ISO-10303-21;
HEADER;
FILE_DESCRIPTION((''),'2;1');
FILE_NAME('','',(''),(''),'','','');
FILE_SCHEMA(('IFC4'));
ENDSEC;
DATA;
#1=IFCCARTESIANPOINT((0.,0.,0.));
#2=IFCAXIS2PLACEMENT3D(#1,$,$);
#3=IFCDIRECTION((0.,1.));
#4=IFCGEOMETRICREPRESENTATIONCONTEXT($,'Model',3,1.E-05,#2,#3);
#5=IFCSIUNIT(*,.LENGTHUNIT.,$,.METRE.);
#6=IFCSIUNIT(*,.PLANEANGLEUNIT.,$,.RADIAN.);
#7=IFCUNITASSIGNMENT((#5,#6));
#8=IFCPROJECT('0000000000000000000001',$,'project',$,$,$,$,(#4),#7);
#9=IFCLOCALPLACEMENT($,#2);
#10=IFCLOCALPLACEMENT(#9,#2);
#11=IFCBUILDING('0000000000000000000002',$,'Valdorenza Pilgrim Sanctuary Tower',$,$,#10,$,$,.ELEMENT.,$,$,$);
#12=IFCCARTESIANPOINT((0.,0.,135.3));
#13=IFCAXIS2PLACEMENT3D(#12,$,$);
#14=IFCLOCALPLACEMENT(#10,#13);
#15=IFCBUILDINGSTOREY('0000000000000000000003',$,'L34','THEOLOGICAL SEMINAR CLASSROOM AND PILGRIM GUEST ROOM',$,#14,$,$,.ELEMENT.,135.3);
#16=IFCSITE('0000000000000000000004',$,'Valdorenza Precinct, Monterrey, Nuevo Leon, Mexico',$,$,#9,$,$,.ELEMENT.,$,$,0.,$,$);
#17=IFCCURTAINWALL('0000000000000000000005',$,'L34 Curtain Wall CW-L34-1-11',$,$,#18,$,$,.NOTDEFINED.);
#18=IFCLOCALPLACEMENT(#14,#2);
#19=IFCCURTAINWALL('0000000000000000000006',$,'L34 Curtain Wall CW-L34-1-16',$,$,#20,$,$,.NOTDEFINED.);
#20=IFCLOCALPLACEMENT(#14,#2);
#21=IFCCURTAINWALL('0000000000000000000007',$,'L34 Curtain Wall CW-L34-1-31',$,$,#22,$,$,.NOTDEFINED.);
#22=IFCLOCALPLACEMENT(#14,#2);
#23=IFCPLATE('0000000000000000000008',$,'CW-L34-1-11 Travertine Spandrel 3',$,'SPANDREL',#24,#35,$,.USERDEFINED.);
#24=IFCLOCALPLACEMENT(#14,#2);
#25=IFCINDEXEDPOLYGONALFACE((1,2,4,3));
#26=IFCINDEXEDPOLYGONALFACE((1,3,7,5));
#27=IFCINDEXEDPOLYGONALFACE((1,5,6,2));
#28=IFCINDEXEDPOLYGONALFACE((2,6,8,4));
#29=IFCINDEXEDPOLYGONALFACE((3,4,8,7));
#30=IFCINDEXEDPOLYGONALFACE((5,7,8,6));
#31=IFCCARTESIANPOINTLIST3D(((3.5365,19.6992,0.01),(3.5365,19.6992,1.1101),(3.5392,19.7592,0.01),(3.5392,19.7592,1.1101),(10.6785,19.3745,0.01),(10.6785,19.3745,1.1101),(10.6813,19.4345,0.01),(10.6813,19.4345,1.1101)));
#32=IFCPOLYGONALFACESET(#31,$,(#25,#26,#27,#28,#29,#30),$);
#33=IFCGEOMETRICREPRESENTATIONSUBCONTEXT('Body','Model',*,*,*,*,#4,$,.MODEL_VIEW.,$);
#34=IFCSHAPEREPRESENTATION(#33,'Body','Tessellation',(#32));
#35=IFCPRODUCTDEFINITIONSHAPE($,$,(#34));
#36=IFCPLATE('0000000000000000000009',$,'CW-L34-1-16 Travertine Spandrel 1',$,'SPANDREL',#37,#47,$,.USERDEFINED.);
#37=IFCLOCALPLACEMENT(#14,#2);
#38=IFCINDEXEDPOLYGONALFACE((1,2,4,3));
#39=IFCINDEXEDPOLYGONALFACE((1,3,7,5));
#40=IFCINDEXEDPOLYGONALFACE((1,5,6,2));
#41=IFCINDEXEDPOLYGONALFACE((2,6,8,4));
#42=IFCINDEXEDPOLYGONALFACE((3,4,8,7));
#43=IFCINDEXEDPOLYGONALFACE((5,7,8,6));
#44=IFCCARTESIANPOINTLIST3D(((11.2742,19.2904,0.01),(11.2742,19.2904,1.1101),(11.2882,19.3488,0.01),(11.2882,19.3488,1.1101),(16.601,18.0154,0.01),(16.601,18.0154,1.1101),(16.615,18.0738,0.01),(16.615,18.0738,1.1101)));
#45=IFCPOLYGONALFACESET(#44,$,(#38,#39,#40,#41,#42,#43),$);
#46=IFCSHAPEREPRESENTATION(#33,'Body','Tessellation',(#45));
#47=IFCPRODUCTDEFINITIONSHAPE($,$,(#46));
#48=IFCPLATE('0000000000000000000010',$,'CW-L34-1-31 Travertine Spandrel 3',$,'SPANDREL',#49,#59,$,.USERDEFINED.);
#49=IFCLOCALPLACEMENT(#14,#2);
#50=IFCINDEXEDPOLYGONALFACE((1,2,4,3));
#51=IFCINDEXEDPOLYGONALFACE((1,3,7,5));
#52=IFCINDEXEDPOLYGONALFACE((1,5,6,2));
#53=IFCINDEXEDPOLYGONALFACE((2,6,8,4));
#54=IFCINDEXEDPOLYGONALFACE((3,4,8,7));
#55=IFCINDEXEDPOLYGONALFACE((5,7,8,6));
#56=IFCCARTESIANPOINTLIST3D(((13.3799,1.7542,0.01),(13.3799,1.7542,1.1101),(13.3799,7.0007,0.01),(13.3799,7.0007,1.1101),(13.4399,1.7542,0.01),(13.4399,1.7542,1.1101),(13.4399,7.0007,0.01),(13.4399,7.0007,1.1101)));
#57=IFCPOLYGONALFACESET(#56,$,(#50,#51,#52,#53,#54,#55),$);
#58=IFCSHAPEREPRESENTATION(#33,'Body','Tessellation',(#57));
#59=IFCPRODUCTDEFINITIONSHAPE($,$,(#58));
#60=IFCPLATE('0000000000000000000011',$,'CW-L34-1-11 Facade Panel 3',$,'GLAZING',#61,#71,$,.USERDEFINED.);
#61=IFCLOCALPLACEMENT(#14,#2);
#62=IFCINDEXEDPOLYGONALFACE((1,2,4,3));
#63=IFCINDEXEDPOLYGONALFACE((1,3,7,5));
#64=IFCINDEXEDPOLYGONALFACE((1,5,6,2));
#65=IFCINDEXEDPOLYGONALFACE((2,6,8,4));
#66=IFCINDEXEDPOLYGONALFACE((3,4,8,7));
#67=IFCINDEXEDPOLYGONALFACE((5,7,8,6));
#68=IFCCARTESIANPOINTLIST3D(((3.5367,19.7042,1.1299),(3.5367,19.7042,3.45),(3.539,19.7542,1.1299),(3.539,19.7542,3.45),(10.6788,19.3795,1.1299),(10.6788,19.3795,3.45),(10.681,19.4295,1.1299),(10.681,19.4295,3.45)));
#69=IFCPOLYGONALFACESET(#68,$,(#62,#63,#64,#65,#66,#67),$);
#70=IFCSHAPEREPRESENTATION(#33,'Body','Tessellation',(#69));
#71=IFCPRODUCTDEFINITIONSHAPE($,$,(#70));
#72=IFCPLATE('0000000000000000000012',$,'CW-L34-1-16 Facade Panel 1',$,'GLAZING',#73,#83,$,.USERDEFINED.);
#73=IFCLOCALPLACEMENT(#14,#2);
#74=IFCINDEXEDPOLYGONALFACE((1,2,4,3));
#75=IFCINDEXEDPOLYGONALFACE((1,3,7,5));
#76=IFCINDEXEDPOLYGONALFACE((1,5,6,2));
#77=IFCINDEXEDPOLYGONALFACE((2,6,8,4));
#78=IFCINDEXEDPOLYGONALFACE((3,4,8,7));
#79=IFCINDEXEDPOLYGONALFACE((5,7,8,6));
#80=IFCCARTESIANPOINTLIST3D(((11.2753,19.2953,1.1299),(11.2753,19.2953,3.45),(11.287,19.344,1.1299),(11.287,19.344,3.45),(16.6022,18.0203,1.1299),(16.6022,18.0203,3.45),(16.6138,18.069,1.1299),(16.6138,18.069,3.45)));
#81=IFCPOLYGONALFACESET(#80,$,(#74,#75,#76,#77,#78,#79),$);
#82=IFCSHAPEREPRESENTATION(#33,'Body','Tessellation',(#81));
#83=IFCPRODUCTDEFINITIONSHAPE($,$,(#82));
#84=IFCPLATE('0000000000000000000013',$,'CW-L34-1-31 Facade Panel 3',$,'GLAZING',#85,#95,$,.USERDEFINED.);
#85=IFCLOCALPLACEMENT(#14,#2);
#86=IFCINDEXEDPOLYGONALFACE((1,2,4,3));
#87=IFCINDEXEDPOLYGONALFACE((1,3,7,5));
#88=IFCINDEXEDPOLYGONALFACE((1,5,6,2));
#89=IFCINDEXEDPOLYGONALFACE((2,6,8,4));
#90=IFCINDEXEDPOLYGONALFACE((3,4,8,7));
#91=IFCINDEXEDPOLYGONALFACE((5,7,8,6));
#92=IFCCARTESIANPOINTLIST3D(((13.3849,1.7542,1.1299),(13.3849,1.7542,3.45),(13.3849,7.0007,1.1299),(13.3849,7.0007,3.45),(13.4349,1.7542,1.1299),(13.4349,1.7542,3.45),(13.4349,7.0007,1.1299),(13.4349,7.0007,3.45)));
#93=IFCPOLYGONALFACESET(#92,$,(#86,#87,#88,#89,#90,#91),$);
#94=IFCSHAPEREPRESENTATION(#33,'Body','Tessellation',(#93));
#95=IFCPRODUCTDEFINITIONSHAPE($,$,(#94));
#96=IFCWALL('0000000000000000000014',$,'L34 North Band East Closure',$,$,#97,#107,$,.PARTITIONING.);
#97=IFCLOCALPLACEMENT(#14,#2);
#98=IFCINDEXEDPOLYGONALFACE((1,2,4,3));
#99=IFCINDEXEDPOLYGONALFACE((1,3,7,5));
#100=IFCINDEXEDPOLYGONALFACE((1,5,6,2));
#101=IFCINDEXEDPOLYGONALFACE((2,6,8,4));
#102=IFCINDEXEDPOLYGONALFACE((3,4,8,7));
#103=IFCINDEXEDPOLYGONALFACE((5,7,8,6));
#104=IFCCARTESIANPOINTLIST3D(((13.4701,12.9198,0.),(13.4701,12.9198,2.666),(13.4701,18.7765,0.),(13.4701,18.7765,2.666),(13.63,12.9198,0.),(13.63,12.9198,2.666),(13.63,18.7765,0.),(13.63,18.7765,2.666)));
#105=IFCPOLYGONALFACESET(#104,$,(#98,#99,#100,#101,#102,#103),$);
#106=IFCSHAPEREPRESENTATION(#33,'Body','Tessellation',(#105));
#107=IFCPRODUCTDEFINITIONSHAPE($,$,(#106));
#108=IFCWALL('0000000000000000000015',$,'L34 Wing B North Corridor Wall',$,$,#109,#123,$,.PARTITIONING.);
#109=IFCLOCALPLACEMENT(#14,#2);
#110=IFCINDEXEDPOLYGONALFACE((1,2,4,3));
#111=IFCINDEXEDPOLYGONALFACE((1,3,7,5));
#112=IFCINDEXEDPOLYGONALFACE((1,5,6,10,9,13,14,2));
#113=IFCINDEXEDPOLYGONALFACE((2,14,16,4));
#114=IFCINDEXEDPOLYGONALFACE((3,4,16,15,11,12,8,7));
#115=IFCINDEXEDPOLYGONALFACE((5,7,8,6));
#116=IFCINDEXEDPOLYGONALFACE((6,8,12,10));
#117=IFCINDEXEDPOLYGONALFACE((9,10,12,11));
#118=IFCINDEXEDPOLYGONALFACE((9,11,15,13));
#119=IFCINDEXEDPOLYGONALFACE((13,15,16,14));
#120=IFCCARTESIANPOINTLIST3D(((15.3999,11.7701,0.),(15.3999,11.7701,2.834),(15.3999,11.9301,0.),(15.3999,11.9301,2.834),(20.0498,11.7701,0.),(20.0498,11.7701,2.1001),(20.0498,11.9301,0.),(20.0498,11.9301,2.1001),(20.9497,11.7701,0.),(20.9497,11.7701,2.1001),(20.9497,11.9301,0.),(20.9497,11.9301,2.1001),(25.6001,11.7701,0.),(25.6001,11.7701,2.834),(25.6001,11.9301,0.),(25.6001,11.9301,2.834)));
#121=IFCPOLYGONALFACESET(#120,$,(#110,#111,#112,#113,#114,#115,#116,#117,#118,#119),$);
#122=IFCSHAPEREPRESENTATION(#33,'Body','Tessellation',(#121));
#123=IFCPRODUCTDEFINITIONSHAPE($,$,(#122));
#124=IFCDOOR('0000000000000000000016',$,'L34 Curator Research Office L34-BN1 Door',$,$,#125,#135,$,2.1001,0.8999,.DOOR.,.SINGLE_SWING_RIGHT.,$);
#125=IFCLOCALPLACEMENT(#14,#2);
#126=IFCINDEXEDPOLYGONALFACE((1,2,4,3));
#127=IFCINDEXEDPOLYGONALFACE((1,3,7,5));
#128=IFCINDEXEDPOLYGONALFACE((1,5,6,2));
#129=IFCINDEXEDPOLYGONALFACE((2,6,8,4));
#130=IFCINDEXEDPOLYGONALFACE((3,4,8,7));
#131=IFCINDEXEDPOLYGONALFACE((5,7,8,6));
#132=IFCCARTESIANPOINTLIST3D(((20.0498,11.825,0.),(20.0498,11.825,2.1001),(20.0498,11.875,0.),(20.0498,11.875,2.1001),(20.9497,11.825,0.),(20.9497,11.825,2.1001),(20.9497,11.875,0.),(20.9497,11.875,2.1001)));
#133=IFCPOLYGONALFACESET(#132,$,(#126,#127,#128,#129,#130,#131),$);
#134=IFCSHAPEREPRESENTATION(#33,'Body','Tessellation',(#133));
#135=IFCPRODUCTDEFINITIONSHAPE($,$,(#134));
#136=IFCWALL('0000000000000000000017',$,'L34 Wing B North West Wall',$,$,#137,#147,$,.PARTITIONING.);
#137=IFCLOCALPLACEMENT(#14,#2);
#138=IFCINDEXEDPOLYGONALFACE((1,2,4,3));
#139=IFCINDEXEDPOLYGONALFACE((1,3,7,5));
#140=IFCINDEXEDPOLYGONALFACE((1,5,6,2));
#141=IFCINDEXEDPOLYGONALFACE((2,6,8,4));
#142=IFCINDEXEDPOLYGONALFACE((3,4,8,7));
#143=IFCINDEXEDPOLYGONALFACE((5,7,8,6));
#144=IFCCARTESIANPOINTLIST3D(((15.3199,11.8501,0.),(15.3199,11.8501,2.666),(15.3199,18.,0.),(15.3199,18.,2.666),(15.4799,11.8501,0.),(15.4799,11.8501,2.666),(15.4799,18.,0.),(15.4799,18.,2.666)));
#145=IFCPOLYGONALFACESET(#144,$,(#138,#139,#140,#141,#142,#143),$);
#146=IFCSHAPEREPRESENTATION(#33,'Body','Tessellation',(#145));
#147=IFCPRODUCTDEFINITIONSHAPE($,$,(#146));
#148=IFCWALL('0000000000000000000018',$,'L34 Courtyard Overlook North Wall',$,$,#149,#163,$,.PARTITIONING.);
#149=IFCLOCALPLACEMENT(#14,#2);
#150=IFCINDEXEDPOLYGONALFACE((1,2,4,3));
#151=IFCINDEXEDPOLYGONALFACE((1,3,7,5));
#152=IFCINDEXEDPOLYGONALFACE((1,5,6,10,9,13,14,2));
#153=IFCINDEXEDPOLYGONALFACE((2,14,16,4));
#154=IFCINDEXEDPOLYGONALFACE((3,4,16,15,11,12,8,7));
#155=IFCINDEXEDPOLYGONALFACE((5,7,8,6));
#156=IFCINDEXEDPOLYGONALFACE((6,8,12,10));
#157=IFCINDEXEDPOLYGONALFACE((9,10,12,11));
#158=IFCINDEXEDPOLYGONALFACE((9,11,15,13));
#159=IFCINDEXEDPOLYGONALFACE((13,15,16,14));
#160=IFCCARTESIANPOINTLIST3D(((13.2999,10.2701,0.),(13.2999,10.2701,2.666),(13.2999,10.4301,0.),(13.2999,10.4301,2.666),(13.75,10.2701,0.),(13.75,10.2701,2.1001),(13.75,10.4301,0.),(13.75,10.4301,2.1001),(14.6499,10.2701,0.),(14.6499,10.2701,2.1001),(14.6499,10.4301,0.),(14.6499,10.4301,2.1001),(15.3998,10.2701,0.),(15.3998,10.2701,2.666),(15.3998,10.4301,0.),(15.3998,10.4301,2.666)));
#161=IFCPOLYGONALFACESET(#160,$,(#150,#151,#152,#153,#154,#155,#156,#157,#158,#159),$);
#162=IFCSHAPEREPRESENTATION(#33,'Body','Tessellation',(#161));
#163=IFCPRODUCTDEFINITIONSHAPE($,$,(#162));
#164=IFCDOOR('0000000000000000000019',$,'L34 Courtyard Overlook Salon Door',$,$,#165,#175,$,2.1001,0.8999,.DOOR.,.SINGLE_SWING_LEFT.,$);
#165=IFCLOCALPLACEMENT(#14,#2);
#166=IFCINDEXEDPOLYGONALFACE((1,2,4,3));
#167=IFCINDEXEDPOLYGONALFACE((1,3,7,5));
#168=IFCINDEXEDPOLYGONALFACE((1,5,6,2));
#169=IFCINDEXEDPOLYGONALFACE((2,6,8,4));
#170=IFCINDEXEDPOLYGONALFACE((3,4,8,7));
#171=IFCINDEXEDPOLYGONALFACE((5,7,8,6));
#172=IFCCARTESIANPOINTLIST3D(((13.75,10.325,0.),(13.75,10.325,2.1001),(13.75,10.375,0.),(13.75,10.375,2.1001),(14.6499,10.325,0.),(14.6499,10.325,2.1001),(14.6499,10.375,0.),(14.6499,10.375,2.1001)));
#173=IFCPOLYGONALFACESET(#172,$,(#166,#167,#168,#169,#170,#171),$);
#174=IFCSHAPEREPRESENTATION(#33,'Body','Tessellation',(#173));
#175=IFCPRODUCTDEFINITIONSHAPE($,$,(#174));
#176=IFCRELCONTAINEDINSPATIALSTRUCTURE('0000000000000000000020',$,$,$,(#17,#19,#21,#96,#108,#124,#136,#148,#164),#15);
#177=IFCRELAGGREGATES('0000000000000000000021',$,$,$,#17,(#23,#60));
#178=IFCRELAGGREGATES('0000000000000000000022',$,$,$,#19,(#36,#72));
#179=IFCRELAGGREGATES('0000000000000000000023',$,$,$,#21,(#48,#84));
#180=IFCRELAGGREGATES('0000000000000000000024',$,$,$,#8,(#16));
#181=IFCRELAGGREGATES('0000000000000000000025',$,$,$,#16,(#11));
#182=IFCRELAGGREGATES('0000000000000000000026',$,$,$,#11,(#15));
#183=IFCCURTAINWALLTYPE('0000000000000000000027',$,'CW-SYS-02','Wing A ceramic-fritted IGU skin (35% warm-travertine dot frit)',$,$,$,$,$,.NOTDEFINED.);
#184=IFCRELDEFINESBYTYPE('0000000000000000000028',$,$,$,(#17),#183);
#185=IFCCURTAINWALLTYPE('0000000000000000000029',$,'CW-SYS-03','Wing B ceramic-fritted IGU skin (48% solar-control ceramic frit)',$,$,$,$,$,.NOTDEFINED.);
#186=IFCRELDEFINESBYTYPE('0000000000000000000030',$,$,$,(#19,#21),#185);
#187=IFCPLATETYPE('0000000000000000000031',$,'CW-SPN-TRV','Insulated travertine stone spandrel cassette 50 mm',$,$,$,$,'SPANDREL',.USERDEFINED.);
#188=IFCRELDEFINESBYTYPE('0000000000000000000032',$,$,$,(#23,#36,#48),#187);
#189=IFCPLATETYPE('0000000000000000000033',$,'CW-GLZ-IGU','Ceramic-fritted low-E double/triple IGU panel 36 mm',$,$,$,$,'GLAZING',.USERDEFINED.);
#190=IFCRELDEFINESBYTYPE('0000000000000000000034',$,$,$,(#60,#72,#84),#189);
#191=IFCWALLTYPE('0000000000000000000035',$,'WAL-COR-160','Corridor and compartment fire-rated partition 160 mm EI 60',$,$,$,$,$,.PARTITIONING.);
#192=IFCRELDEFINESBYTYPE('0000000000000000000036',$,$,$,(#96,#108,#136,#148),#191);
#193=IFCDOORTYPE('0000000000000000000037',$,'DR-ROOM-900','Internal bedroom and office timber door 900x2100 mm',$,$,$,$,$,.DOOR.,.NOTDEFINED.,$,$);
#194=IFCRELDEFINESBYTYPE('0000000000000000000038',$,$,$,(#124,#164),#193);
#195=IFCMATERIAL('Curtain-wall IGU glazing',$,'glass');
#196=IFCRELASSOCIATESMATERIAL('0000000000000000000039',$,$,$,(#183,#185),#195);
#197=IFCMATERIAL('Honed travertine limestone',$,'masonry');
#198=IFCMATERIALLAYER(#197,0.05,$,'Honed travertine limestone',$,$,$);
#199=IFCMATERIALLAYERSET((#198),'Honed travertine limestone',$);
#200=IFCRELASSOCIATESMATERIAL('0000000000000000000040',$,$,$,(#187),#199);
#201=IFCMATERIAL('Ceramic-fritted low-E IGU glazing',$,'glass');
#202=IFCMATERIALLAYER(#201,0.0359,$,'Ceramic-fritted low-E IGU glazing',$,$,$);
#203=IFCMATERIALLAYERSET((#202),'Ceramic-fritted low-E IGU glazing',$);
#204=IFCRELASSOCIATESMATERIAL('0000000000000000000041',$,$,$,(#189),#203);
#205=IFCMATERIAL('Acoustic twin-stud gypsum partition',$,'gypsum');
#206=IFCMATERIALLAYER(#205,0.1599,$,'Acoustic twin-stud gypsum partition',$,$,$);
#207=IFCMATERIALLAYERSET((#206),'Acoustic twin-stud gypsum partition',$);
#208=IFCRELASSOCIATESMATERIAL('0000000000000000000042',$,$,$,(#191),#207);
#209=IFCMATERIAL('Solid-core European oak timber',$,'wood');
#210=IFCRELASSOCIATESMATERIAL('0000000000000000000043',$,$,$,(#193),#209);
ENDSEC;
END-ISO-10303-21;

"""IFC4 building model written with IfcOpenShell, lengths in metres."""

from ifc_helpers import new_model, si_unit, direction, frame, frame_2d, origin, origin_2d, place, context, subcontext, project, spatial, rectangle, extrude, source, transform, mapped, material, layer, layer_set, type_object, element, fill, aggregate, save


model = new_model("IFC4")

# Units and contexts
model_context = context("Model", 3, precision=1e-05, world=origin(), true_north=direction((0.0, 1.0)))
body_context = subcontext(model_context, "Body", "Model", "MODEL_VIEW")
ifc_project = project(units=[si_unit("LENGTHUNIT", "METRE"), si_unit("PLANEANGLEUNIT", "RADIAN")], contexts=[model_context])

# Site, building, storey
site_placement = place(None, origin())
site = spatial("IfcSite", under=ifc_project, at=site_placement, Name="Valdorenza Precinct, Monterrey, Nuevo Leon, Mexico", CompositionType="ELEMENT", RefElevation=0.0)
building_placement = place(site_placement, origin())
building = spatial("IfcBuilding", under=site, at=building_placement, Name="Valdorenza Pilgrim Sanctuary Tower", CompositionType="ELEMENT")
storey_placement = place(building_placement, frame((0.0, 0.0, 135.3)))
storey = spatial("IfcBuildingStorey", under=building, at=storey_placement, Name="L34", Description="THEOLOGICAL SEMINAR CLASSROOM AND PILGRIM GUEST ROOM", CompositionType="ELEMENT", Elevation=135.3)

# Curtain wall
ifc_material_1 = material(Name="Curtain-wall IGU glazing", Category="glass")
curtain_wall_type_1 = type_object("IfcCurtainWallType", Name="CW-SYS-02", Description="Wing A ceramic-fritted IGU skin (35% warm-travertine dot frit)", PredefinedType="NOTDEFINED", material=ifc_material_1)
curtain_wall_1_placement = place(storey_placement, origin())
curtain_wall_1 = element("IfcCurtainWall", 1, at=curtain_wall_1_placement, inside=storey, type_object=curtain_wall_type_1, Name="L34 Curtain Wall CW-L34-1-11", PredefinedType="NOTDEFINED")

# Curtain wall
curtain_wall_type_2 = type_object("IfcCurtainWallType", Name="CW-SYS-03", Description="Wing B ceramic-fritted IGU skin (48% solar-control ceramic frit)", PredefinedType="NOTDEFINED", material=ifc_material_1)
curtain_wall_2_placement = place(storey_placement, origin())
curtain_wall_2 = element("IfcCurtainWall", 2, at=curtain_wall_2_placement, inside=storey, type_object=curtain_wall_type_2, Name="L34 Curtain Wall CW-L34-1-16", PredefinedType="NOTDEFINED")

# Curtain wall
curtain_wall_3_placement = place(storey_placement, origin())
curtain_wall_3 = element("IfcCurtainWall", 3, at=curtain_wall_3_placement, inside=storey, type_object=curtain_wall_type_2, Name="L34 Curtain Wall CW-L34-1-31", PredefinedType="NOTDEFINED")

# Plates
ifc_material_2 = material(Name="Honed travertine limestone", Category="masonry")
ifc_layer_1 = layer(ifc_material_2, 0.05, Name="Honed travertine limestone")
ifc_layer_set_1 = layer_set([ifc_layer_1], Name="Honed travertine limestone")
plate_type_1 = type_object("IfcPlateType", Name="CW-SPN-TRV", Description="Insulated travertine stone spandrel cassette 50 mm", ElementType="SPANDREL", PredefinedType="USERDEFINED", material=ifc_layer_set_1)
ifc_material_3 = material(Name="Ceramic-fritted low-E IGU glazing", Category="glass")
ifc_layer_2 = layer(ifc_material_3, 0.0359, Name="Ceramic-fritted low-E IGU glazing")
ifc_layer_set_2 = layer_set([ifc_layer_2], Name="Ceramic-fritted low-E IGU glazing")
plate_type_2 = type_object("IfcPlateType", Name="CW-GLZ-IGU", Description="Ceramic-fritted low-E double/triple IGU panel 36 mm", ElementType="GLAZING", PredefinedType="USERDEFINED", material=ifc_layer_set_2)
shared_shape_1 = source(origin(), body_context, "Body", "SweptSolid", [
    extrude(rectangle(XDim=7.1494, YDim=0.0601, at=origin_2d()), origin(), (0.0, 0.0, 1.0), 1.1001),
])
plate_1_placement = place(storey_placement, frame((7.1089, 19.5669, 0.01), z_axis=(0.0, 0.0, 1.0), x_axis=(0.998968, -0.045415, 0.0)))
plate_1 = element("IfcPlate", 4, at=plate_1_placement, type_object=plate_type_1, Name="CW-L34-1-11 Travertine Spandrel 3", ObjectType="SPANDREL", PredefinedType="USERDEFINED", context=body_context, shape_type="MappedRepresentation", body=[
    mapped(shared_shape_1, transform((0.0, 0.0, 0.0), x_axis=(1.0, 0.0, 0.0), y_axis=(0.0, 1.0, 0.0), z_axis=(0.0, 0.0, 1.0), scale=1.0)),
])
shared_shape_2 = source(origin(), body_context, "Body", "SweptSolid", [
    extrude(rectangle(XDim=5.4773, YDim=0.0601, at=origin_2d()), origin(), (0.0, 0.0, 1.0), 1.1001),
])
plate_2_placement = place(storey_placement, frame((13.9446, 18.6821, 0.01), z_axis=(0.0, 0.0, 1.0), x_axis=(0.972529, -0.232783, 0.0)))
plate_2 = element("IfcPlate", 5, at=plate_2_placement, type_object=plate_type_1, Name="CW-L34-1-16 Travertine Spandrel 1", ObjectType="SPANDREL", PredefinedType="USERDEFINED", context=body_context, shape_type="MappedRepresentation", body=[
    mapped(shared_shape_2, transform((0.0, 0.0, 0.0), x_axis=(1.0, 0.0, 0.0), y_axis=(0.0, 1.0, 0.0), z_axis=(0.0, 0.0, 1.0), scale=1.0)),
])
shared_shape_3 = source(origin(), body_context, "Body", "SweptSolid", [
    extrude(rectangle(XDim=5.2466, YDim=0.0601, at=origin_2d()), origin(), (0.0, 0.0, 1.0), 1.1001),
])
plate_3_placement = place(storey_placement, frame((13.4099, 4.3774, 0.01), z_axis=(0.0, 0.0, 1.0), x_axis=(0.0, 1.0, 0.0)))
plate_3 = element("IfcPlate", 6, at=plate_3_placement, type_object=plate_type_1, Name="CW-L34-1-31 Travertine Spandrel 3", ObjectType="SPANDREL", PredefinedType="USERDEFINED", context=body_context, shape_type="MappedRepresentation", body=[
    mapped(shared_shape_3, transform((0.0, 0.0, 0.0), x_axis=(1.0, 0.0, 0.0), y_axis=(0.0, 1.0, 0.0), z_axis=(0.0, 0.0, 1.0), scale=1.0)),
])
shared_shape_4 = source(origin(), body_context, "Body", "SweptSolid", [
    extrude(rectangle(XDim=7.1494, YDim=0.05, at=origin_2d()), origin(), (0.0, 0.0, 1.0), 2.3201),
])
plate_4_placement = place(storey_placement, frame((7.1089, 19.5669, 1.1299), z_axis=(0.0, 0.0, 1.0), x_axis=(0.998968, -0.045415, 0.0)))
plate_4 = element("IfcPlate", 7, at=plate_4_placement, type_object=plate_type_2, Name="CW-L34-1-11 Facade Panel 3", ObjectType="GLAZING", PredefinedType="USERDEFINED", context=body_context, shape_type="MappedRepresentation", body=[
    mapped(shared_shape_4, transform((0.0, 0.0, 0.0), x_axis=(1.0, 0.0, 0.0), y_axis=(0.0, 1.0, 0.0), z_axis=(0.0, 0.0, 1.0), scale=1.0)),
])
aggregate(curtain_wall_1, [plate_1, plate_4])
shared_shape_5 = source(origin(), body_context, "Body", "SweptSolid", [
    extrude(rectangle(XDim=5.4773, YDim=0.05, at=origin_2d()), origin(), (0.0, 0.0, 1.0), 2.3201),
])
plate_5_placement = place(storey_placement, frame((13.9446, 18.6821, 1.1299), z_axis=(0.0, 0.0, 1.0), x_axis=(0.972529, -0.232783, 0.0)))
plate_5 = element("IfcPlate", 8, at=plate_5_placement, type_object=plate_type_2, Name="CW-L34-1-16 Facade Panel 1", ObjectType="GLAZING", PredefinedType="USERDEFINED", context=body_context, shape_type="MappedRepresentation", body=[
    mapped(shared_shape_5, transform((0.0, 0.0, 0.0), x_axis=(1.0, 0.0, 0.0), y_axis=(0.0, 1.0, 0.0), z_axis=(0.0, 0.0, 1.0), scale=1.0)),
])
aggregate(curtain_wall_2, [plate_2, plate_5])
shared_shape_6 = source(origin(), body_context, "Body", "SweptSolid", [
    extrude(rectangle(XDim=5.2466, YDim=0.05, at=origin_2d()), origin(), (0.0, 0.0, 1.0), 2.3201),
])
plate_6_placement = place(storey_placement, frame((13.4099, 4.3774, 1.1299), z_axis=(0.0, 0.0, 1.0), x_axis=(0.0, 1.0, 0.0)))
plate_6 = element("IfcPlate", 9, at=plate_6_placement, type_object=plate_type_2, Name="CW-L34-1-31 Facade Panel 3", ObjectType="GLAZING", PredefinedType="USERDEFINED", context=body_context, shape_type="MappedRepresentation", body=[
    mapped(shared_shape_6, transform((0.0, 0.0, 0.0), x_axis=(1.0, 0.0, 0.0), y_axis=(0.0, 1.0, 0.0), z_axis=(0.0, 0.0, 1.0), scale=1.0)),
])
aggregate(curtain_wall_3, [plate_3, plate_6])

# Wall
ifc_material_4 = material(Name="Acoustic twin-stud gypsum partition", Category="gypsum")
ifc_layer_3 = layer(ifc_material_4, 0.1599, Name="Acoustic twin-stud gypsum partition")
ifc_layer_set_3 = layer_set([ifc_layer_3], Name="Acoustic twin-stud gypsum partition")
wall_type_1 = type_object("IfcWallType", Name="WAL-COR-160", Description="Corridor and compartment fire-rated partition 160 mm EI 60", PredefinedType="PARTITIONING", material=ifc_layer_set_3)
wall_1_placement = place(storey_placement, frame((13.55, 12.9199, 0.0), z_axis=(0.0, 0.0, 1.0), x_axis=(0.0, 1.0, 0.0)))
element("IfcWall", 10, at=wall_1_placement, inside=storey, type_object=wall_type_1, Name="L34 North Band East Closure", PredefinedType="PARTITIONING", context=body_context, shape_type="SweptSolid", body=[
    extrude(rectangle(XDim=5.8567, YDim=0.1599, at=frame_2d((2.9282, 0.0))), origin(), (0.0, 0.0, 1.0), 2.666),
])

# Wall, opening, door
wall_2_placement = place(storey_placement, frame((15.3999, 11.8501, 0.0), z_axis=(0.0, 0.0, 1.0), x_axis=(1.0, 0.0, 0.0)))
wall_2 = element("IfcWall", 11, at=wall_2_placement, inside=storey, type_object=wall_type_1, Name="L34 Wing B North Corridor Wall", PredefinedType="PARTITIONING", context=body_context, shape_type="SweptSolid", body=[
    extrude(rectangle(XDim=10.2002, YDim=0.1599, at=frame_2d((5.1001, 0.0))), origin(), (0.0, 0.0, 1.0), 2.834),
])
opening_1_placement = place(wall_2_placement, frame((4.6499, 0.0, 0.0)))
opening_1 = element("IfcOpeningElement", 12, at=opening_1_placement, cuts=wall_2, PredefinedType="OPENING", context=body_context, shape_type="SweptSolid", body=[
    extrude(rectangle(XDim=0.8999, YDim=2.1001, at=frame_2d((0.45, 1.05))), frame((0.0, 0.0947, 0.0), z_axis=(0.0, -1.0, 0.0), x_axis=(1.0, 0.0, 0.0)), (0.0, 0.0, 1.0), 0.1897),
])
ifc_material_5 = material(Name="Solid-core European oak timber", Category="wood")
door_type = type_object("IfcDoorType", Name="DR-ROOM-900", Description="Internal bedroom and office timber door 900x2100 mm", OperationType="NOTDEFINED", PredefinedType="DOOR", material=ifc_material_5)
door_1_placement = place(opening_1_placement, origin())
door_1 = element("IfcDoor", 13, at=door_1_placement, inside=storey, type_object=door_type, Name="L34 Curator Research Office L34-BN1 Door", OperationType="SINGLE_SWING_RIGHT", OverallHeight=2.1001, OverallWidth=0.8999, PredefinedType="DOOR", context=body_context, shape_type="SweptSolid", body=[
    extrude(rectangle(XDim=0.8999, YDim=2.1001, at=frame_2d((0.45, 1.05))), frame((0.0, 0.0249, 0.0), z_axis=(0.0, -1.0, 0.0), x_axis=(1.0, 0.0, 0.0)), (0.0, 0.0, 1.0), 0.05),
])
fill(opening_1, door_1)

# Wall
wall_3_placement = place(storey_placement, frame((15.3999, 11.8501, 0.0), z_axis=(0.0, 0.0, 1.0), x_axis=(0.0, 1.0, 0.0)))
element("IfcWall", 14, at=wall_3_placement, inside=storey, type_object=wall_type_1, Name="L34 Wing B North West Wall", PredefinedType="PARTITIONING", context=body_context, shape_type="SweptSolid", body=[
    extrude(rectangle(XDim=6.1499, YDim=0.1599, at=frame_2d((3.075, 0.0))), origin(), (0.0, 0.0, 1.0), 2.666),
])

# Wall, opening, door
wall_4_placement = place(storey_placement, frame((13.3, 10.3501, 0.0), z_axis=(0.0, 0.0, 1.0), x_axis=(1.0, 0.0, 0.0)))
wall_4 = element("IfcWall", 15, at=wall_4_placement, inside=storey, type_object=wall_type_1, Name="L34 Courtyard Overlook North Wall", PredefinedType="PARTITIONING", context=body_context, shape_type="SweptSolid", body=[
    extrude(rectangle(XDim=2.0999, YDim=0.1599, at=frame_2d((1.0498, 0.0))), origin(), (0.0, 0.0, 1.0), 2.666),
])
opening_2_placement = place(wall_4_placement, frame((0.45, 0.0, 0.0)))
opening_2 = element("IfcOpeningElement", 16, at=opening_2_placement, cuts=wall_4, PredefinedType="OPENING", context=body_context, shape_type="SweptSolid", body=[
    extrude(rectangle(XDim=0.8999, YDim=2.1001, at=frame_2d((0.45, 1.05))), frame((0.0, 0.0947, 0.0), z_axis=(0.0, -1.0, 0.0), x_axis=(1.0, 0.0, 0.0)), (0.0, 0.0, 1.0), 0.1897),
])
door_2_placement = place(opening_2_placement, origin())
door_2 = element("IfcDoor", 17, at=door_2_placement, inside=storey, type_object=door_type, Name="L34 Courtyard Overlook Salon Door", OperationType="SINGLE_SWING_LEFT", OverallHeight=2.1001, OverallWidth=0.8999, PredefinedType="DOOR", context=body_context, shape_type="SweptSolid", body=[
    extrude(rectangle(XDim=0.8999, YDim=2.1001, at=frame_2d((0.45, 1.05))), frame((0.0, 0.0249, 0.0), z_axis=(0.0, -1.0, 0.0), x_axis=(1.0, 0.0, 0.0)), (0.0, 0.0, 1.0), 0.05),
])
fill(opening_2, door_2)

save(model, "model.ifc")
